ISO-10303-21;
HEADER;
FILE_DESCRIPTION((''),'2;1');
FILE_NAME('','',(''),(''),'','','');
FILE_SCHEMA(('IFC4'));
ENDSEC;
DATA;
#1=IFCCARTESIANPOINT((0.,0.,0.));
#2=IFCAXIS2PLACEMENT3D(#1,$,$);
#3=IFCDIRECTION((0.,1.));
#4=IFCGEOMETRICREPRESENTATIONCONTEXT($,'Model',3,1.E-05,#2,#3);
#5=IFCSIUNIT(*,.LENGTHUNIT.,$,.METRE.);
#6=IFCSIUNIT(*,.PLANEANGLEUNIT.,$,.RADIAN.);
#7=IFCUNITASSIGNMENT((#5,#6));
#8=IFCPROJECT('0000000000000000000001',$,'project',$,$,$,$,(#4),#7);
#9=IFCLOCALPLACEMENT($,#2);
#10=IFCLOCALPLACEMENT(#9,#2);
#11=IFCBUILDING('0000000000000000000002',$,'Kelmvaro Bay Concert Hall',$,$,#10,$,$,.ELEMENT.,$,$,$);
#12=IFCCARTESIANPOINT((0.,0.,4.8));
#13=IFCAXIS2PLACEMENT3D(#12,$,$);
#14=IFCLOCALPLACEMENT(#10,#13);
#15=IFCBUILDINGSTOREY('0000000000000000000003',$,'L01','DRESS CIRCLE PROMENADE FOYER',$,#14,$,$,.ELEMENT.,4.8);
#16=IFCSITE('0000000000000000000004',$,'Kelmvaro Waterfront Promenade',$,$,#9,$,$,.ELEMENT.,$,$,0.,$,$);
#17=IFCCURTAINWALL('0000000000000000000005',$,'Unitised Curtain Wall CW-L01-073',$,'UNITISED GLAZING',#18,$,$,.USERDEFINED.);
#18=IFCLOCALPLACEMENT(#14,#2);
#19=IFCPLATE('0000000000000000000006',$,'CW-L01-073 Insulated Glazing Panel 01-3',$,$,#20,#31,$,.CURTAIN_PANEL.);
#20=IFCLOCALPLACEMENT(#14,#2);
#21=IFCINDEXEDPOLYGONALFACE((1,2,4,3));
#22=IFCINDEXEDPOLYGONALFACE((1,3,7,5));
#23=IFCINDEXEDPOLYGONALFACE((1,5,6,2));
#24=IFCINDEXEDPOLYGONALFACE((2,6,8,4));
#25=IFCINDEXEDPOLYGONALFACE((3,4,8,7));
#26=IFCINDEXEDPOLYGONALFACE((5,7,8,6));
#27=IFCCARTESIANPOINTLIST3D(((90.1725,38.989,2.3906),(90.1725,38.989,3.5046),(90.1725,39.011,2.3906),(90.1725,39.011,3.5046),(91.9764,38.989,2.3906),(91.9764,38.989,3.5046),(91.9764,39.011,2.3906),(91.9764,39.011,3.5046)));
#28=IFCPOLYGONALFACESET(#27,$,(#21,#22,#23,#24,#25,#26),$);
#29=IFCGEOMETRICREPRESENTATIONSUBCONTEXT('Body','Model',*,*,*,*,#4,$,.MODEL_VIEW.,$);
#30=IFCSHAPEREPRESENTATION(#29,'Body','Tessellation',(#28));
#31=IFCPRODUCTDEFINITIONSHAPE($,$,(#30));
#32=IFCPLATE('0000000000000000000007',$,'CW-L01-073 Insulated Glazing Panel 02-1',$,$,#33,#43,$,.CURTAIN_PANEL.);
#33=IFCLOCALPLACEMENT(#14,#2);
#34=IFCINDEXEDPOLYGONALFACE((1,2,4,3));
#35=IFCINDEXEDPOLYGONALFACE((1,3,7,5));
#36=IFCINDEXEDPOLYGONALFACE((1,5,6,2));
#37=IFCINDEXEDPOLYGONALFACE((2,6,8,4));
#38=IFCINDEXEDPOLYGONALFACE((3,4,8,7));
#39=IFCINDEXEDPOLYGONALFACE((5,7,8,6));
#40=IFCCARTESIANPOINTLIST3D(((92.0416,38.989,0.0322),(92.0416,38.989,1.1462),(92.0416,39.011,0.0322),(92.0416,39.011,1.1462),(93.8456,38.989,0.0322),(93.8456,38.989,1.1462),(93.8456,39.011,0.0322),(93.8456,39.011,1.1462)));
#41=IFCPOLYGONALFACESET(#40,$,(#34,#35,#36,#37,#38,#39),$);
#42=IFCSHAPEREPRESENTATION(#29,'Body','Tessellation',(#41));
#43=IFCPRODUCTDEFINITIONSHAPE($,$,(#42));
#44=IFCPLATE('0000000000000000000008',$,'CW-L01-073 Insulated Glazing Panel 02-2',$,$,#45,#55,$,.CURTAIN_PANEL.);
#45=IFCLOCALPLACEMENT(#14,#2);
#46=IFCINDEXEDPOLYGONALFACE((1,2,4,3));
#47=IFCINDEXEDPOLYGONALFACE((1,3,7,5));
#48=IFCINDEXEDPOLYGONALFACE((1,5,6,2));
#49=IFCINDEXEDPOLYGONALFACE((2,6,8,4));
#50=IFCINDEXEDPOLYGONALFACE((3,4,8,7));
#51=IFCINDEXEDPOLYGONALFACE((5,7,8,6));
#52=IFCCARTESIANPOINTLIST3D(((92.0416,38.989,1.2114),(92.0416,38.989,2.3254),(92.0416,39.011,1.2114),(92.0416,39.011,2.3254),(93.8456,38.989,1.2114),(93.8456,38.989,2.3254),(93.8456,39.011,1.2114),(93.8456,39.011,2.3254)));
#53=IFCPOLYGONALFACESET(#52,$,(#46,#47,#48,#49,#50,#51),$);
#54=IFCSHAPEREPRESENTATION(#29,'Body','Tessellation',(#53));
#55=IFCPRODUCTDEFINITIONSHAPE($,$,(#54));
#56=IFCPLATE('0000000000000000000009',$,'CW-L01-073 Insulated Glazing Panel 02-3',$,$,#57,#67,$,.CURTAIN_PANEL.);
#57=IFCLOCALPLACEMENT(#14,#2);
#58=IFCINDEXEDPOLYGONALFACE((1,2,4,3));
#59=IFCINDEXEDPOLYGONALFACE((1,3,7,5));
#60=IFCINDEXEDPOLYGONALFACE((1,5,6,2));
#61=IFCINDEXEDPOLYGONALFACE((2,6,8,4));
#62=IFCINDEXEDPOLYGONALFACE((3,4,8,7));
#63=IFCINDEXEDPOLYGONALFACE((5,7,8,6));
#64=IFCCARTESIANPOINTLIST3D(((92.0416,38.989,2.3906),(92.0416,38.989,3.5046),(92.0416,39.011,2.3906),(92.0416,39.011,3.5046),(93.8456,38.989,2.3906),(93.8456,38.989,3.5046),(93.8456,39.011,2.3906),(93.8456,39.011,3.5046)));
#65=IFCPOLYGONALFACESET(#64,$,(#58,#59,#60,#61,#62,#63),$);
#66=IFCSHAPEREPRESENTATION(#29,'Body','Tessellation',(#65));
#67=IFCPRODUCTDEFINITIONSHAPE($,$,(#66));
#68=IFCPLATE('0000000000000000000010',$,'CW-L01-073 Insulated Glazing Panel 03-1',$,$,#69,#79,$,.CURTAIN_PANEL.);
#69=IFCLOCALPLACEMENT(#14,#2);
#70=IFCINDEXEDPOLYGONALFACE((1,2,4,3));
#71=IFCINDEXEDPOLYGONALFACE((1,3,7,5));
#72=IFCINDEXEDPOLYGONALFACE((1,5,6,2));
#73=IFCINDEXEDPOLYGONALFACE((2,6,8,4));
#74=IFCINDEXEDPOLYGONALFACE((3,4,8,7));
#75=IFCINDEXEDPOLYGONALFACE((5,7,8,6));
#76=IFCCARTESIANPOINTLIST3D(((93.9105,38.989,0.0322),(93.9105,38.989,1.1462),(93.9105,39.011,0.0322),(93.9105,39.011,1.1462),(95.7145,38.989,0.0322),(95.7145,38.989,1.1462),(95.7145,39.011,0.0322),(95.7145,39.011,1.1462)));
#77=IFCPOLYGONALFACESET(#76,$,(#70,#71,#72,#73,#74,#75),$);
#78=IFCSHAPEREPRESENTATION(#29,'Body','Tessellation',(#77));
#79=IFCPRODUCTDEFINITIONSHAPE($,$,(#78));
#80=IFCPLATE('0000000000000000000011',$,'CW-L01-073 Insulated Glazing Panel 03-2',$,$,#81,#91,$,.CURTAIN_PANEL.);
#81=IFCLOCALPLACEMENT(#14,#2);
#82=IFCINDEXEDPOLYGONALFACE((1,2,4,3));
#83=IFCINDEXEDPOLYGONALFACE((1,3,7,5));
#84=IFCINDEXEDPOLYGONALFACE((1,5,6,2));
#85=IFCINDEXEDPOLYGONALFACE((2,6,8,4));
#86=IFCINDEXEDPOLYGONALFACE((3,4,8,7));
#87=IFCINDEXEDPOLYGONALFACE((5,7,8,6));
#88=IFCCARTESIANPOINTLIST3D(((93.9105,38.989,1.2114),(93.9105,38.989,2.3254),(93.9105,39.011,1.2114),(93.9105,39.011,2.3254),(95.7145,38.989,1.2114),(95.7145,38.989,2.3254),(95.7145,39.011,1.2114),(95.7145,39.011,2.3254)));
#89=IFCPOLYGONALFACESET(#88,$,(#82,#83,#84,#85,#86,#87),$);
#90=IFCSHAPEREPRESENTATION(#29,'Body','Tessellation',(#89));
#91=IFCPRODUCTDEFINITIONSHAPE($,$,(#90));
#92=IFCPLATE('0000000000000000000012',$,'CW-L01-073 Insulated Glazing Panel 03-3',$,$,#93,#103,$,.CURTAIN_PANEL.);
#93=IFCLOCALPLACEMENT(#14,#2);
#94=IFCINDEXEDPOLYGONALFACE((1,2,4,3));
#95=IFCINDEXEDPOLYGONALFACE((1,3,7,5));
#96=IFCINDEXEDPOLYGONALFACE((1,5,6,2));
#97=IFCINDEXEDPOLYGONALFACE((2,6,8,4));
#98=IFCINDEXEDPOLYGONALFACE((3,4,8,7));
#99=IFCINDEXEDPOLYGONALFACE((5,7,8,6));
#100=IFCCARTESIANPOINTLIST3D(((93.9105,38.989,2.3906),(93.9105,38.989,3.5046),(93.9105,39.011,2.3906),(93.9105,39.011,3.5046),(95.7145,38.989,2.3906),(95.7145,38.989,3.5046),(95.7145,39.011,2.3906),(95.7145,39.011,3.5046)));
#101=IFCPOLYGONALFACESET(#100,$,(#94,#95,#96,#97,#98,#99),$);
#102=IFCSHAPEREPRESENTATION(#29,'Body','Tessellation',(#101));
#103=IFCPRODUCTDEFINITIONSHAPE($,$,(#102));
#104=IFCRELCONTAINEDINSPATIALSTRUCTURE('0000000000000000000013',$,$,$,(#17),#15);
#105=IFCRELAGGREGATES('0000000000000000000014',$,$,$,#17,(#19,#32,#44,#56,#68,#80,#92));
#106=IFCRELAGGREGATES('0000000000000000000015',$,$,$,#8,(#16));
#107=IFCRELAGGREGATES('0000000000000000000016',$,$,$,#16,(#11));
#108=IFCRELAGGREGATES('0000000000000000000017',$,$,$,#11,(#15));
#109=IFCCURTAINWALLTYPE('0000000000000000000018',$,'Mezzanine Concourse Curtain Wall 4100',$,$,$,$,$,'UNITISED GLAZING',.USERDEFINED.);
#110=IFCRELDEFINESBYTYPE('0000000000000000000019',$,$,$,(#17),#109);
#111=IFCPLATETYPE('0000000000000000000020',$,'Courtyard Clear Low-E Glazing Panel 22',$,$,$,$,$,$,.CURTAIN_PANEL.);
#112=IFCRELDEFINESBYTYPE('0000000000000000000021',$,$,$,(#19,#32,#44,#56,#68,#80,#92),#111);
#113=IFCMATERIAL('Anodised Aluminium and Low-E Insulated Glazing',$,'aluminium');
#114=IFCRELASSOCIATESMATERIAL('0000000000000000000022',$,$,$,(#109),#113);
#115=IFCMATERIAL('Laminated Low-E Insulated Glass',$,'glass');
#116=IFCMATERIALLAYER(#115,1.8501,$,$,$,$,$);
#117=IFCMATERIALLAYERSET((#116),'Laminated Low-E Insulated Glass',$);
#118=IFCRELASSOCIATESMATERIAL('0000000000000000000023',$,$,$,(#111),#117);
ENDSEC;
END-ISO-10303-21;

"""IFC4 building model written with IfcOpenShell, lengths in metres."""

from ifc_helpers import new_model, si_unit, direction, frame, origin, origin_2d, place, context, subcontext, project, spatial, rectangle, extrude, material, layer, layer_set, type_object, element, aggregate, save


model = new_model("IFC4")

# Units and contexts
model_context = context("Model", 3, precision=1e-05, world=origin(), true_north=direction((0.0, 1.0)))
body_context = subcontext(model_context, "Body", "Model", "MODEL_VIEW")
ifc_project = project(units=[si_unit("LENGTHUNIT", "METRE"), si_unit("PLANEANGLEUNIT", "RADIAN")], contexts=[model_context])

# Site, building, storey
site_placement = place(None, origin())
site = spatial("IfcSite", under=ifc_project, at=site_placement, Name="Kelmvaro Waterfront Promenade", CompositionType="ELEMENT", RefElevation=0.0)
building_placement = place(site_placement, origin())
building = spatial("IfcBuilding", under=site, at=building_placement, Name="Kelmvaro Bay Concert Hall", CompositionType="ELEMENT")
storey_placement = place(building_placement, frame((0.0, 0.0, 4.8)))
storey = spatial("IfcBuildingStorey", under=building, at=storey_placement, Name="L01", Description="DRESS CIRCLE PROMENADE FOYER", CompositionType="ELEMENT", Elevation=4.8)

# Curtain wall
ifc_material_1 = material(Name="Anodised Aluminium and Low-E Insulated Glazing", Category="aluminium")
curtain_wall_type = type_object("IfcCurtainWallType", Name="Mezzanine Concourse Curtain Wall 4100", ElementType="UNITISED GLAZING", PredefinedType="USERDEFINED", material=ifc_material_1)
curtain_wall_1_placement = place(storey_placement, origin())
curtain_wall_1 = element("IfcCurtainWall", 1, at=curtain_wall_1_placement, inside=storey, type_object=curtain_wall_type, Name="Unitised Curtain Wall CW-L01-073", ObjectType="UNITISED GLAZING", PredefinedType="USERDEFINED")

# Plates
ifc_material_2 = material(Name="Laminated Low-E Insulated Glass", Category="glass")
ifc_layer = layer(ifc_material_2, 1.8501)
ifc_layer_set = layer_set([ifc_layer], Name="Laminated Low-E Insulated Glass")
plate_type = type_object("IfcPlateType", Name="Courtyard Clear Low-E Glazing Panel 22", PredefinedType="CURTAIN_PANEL", material=ifc_layer_set)
plate_1_placement = place(storey_placement, frame((91.0745, 39.0, 2.3906), z_axis=(0.0, 0.0, 1.0), x_axis=(1.0, 0.0, 0.0)))
plate_1 = element("IfcPlate", 2, at=plate_1_placement, type_object=plate_type, Name="CW-L01-073 Insulated Glazing Panel 01-3", PredefinedType="CURTAIN_PANEL", context=body_context, shape_type="SweptSolid", body=[
    extrude(rectangle(XDim=1.804, YDim=0.022, at=origin_2d()), origin(), (0.0, 0.0, 1.0), 1.114),
])
plate_2_placement = place(storey_placement, frame((92.9436, 39.0, 0.0322), z_axis=(0.0, 0.0, 1.0), x_axis=(1.0, 0.0, 0.0)))
plate_2 = element("IfcPlate", 3, at=plate_2_placement, type_object=plate_type, Name="CW-L01-073 Insulated Glazing Panel 02-1", PredefinedType="CURTAIN_PANEL", context=body_context, shape_type="SweptSolid", body=[
    extrude(rectangle(XDim=1.804, YDim=0.022, at=origin_2d()), origin(), (0.0, 0.0, 1.0), 1.114),
])
plate_3_placement = place(storey_placement, frame((92.9436, 39.0, 1.2114), z_axis=(0.0, 0.0, 1.0), x_axis=(1.0, 0.0, 0.0)))
plate_3 = element("IfcPlate", 4, at=plate_3_placement, type_object=plate_type, Name="CW-L01-073 Insulated Glazing Panel 02-2", PredefinedType="CURTAIN_PANEL", context=body_context, shape_type="SweptSolid", body=[
    extrude(rectangle(XDim=1.804, YDim=0.022, at=origin_2d()), origin(), (0.0, 0.0, 1.0), 1.114),
])
plate_4_placement = place(storey_placement, frame((92.9436, 39.0, 2.3906), z_axis=(0.0, 0.0, 1.0), x_axis=(1.0, 0.0, 0.0)))
plate_4 = element("IfcPlate", 5, at=plate_4_placement, type_object=plate_type, Name="CW-L01-073 Insulated Glazing Panel 02-3", PredefinedType="CURTAIN_PANEL", context=body_context, shape_type="SweptSolid", body=[
    extrude(rectangle(XDim=1.804, YDim=0.022, at=origin_2d()), origin(), (0.0, 0.0, 1.0), 1.114),
])
plate_5_placement = place(storey_placement, frame((94.8125, 39.0, 0.0322), z_axis=(0.0, 0.0, 1.0), x_axis=(1.0, 0.0, 0.0)))
plate_5 = element("IfcPlate", 6, at=plate_5_placement, type_object=plate_type, Name="CW-L01-073 Insulated Glazing Panel 03-1", PredefinedType="CURTAIN_PANEL", context=body_context, shape_type="SweptSolid", body=[
    extrude(rectangle(XDim=1.804, YDim=0.022, at=origin_2d()), origin(), (0.0, 0.0, 1.0), 1.114),
])
plate_6_placement = place(storey_placement, frame((94.8125, 39.0, 1.2114), z_axis=(0.0, 0.0, 1.0), x_axis=(1.0, 0.0, 0.0)))
plate_6 = element("IfcPlate", 7, at=plate_6_placement, type_object=plate_type, Name="CW-L01-073 Insulated Glazing Panel 03-2", PredefinedType="CURTAIN_PANEL", context=body_context, shape_type="SweptSolid", body=[
    extrude(rectangle(XDim=1.804, YDim=0.022, at=origin_2d()), origin(), (0.0, 0.0, 1.0), 1.114),
])
plate_7_placement = place(storey_placement, frame((94.8125, 39.0, 2.3906), z_axis=(0.0, 0.0, 1.0), x_axis=(1.0, 0.0, 0.0)))
plate_7 = element("IfcPlate", 8, at=plate_7_placement, type_object=plate_type, Name="CW-L01-073 Insulated Glazing Panel 03-3", PredefinedType="CURTAIN_PANEL", context=body_context, shape_type="SweptSolid", body=[
    extrude(rectangle(XDim=1.804, YDim=0.022, at=origin_2d()), origin(), (0.0, 0.0, 1.0), 1.114),
])
aggregate(curtain_wall_1, [plate_1, plate_2, plate_3, plate_4, plate_5, plate_6, plate_7])

save(model, "model.ifc")
